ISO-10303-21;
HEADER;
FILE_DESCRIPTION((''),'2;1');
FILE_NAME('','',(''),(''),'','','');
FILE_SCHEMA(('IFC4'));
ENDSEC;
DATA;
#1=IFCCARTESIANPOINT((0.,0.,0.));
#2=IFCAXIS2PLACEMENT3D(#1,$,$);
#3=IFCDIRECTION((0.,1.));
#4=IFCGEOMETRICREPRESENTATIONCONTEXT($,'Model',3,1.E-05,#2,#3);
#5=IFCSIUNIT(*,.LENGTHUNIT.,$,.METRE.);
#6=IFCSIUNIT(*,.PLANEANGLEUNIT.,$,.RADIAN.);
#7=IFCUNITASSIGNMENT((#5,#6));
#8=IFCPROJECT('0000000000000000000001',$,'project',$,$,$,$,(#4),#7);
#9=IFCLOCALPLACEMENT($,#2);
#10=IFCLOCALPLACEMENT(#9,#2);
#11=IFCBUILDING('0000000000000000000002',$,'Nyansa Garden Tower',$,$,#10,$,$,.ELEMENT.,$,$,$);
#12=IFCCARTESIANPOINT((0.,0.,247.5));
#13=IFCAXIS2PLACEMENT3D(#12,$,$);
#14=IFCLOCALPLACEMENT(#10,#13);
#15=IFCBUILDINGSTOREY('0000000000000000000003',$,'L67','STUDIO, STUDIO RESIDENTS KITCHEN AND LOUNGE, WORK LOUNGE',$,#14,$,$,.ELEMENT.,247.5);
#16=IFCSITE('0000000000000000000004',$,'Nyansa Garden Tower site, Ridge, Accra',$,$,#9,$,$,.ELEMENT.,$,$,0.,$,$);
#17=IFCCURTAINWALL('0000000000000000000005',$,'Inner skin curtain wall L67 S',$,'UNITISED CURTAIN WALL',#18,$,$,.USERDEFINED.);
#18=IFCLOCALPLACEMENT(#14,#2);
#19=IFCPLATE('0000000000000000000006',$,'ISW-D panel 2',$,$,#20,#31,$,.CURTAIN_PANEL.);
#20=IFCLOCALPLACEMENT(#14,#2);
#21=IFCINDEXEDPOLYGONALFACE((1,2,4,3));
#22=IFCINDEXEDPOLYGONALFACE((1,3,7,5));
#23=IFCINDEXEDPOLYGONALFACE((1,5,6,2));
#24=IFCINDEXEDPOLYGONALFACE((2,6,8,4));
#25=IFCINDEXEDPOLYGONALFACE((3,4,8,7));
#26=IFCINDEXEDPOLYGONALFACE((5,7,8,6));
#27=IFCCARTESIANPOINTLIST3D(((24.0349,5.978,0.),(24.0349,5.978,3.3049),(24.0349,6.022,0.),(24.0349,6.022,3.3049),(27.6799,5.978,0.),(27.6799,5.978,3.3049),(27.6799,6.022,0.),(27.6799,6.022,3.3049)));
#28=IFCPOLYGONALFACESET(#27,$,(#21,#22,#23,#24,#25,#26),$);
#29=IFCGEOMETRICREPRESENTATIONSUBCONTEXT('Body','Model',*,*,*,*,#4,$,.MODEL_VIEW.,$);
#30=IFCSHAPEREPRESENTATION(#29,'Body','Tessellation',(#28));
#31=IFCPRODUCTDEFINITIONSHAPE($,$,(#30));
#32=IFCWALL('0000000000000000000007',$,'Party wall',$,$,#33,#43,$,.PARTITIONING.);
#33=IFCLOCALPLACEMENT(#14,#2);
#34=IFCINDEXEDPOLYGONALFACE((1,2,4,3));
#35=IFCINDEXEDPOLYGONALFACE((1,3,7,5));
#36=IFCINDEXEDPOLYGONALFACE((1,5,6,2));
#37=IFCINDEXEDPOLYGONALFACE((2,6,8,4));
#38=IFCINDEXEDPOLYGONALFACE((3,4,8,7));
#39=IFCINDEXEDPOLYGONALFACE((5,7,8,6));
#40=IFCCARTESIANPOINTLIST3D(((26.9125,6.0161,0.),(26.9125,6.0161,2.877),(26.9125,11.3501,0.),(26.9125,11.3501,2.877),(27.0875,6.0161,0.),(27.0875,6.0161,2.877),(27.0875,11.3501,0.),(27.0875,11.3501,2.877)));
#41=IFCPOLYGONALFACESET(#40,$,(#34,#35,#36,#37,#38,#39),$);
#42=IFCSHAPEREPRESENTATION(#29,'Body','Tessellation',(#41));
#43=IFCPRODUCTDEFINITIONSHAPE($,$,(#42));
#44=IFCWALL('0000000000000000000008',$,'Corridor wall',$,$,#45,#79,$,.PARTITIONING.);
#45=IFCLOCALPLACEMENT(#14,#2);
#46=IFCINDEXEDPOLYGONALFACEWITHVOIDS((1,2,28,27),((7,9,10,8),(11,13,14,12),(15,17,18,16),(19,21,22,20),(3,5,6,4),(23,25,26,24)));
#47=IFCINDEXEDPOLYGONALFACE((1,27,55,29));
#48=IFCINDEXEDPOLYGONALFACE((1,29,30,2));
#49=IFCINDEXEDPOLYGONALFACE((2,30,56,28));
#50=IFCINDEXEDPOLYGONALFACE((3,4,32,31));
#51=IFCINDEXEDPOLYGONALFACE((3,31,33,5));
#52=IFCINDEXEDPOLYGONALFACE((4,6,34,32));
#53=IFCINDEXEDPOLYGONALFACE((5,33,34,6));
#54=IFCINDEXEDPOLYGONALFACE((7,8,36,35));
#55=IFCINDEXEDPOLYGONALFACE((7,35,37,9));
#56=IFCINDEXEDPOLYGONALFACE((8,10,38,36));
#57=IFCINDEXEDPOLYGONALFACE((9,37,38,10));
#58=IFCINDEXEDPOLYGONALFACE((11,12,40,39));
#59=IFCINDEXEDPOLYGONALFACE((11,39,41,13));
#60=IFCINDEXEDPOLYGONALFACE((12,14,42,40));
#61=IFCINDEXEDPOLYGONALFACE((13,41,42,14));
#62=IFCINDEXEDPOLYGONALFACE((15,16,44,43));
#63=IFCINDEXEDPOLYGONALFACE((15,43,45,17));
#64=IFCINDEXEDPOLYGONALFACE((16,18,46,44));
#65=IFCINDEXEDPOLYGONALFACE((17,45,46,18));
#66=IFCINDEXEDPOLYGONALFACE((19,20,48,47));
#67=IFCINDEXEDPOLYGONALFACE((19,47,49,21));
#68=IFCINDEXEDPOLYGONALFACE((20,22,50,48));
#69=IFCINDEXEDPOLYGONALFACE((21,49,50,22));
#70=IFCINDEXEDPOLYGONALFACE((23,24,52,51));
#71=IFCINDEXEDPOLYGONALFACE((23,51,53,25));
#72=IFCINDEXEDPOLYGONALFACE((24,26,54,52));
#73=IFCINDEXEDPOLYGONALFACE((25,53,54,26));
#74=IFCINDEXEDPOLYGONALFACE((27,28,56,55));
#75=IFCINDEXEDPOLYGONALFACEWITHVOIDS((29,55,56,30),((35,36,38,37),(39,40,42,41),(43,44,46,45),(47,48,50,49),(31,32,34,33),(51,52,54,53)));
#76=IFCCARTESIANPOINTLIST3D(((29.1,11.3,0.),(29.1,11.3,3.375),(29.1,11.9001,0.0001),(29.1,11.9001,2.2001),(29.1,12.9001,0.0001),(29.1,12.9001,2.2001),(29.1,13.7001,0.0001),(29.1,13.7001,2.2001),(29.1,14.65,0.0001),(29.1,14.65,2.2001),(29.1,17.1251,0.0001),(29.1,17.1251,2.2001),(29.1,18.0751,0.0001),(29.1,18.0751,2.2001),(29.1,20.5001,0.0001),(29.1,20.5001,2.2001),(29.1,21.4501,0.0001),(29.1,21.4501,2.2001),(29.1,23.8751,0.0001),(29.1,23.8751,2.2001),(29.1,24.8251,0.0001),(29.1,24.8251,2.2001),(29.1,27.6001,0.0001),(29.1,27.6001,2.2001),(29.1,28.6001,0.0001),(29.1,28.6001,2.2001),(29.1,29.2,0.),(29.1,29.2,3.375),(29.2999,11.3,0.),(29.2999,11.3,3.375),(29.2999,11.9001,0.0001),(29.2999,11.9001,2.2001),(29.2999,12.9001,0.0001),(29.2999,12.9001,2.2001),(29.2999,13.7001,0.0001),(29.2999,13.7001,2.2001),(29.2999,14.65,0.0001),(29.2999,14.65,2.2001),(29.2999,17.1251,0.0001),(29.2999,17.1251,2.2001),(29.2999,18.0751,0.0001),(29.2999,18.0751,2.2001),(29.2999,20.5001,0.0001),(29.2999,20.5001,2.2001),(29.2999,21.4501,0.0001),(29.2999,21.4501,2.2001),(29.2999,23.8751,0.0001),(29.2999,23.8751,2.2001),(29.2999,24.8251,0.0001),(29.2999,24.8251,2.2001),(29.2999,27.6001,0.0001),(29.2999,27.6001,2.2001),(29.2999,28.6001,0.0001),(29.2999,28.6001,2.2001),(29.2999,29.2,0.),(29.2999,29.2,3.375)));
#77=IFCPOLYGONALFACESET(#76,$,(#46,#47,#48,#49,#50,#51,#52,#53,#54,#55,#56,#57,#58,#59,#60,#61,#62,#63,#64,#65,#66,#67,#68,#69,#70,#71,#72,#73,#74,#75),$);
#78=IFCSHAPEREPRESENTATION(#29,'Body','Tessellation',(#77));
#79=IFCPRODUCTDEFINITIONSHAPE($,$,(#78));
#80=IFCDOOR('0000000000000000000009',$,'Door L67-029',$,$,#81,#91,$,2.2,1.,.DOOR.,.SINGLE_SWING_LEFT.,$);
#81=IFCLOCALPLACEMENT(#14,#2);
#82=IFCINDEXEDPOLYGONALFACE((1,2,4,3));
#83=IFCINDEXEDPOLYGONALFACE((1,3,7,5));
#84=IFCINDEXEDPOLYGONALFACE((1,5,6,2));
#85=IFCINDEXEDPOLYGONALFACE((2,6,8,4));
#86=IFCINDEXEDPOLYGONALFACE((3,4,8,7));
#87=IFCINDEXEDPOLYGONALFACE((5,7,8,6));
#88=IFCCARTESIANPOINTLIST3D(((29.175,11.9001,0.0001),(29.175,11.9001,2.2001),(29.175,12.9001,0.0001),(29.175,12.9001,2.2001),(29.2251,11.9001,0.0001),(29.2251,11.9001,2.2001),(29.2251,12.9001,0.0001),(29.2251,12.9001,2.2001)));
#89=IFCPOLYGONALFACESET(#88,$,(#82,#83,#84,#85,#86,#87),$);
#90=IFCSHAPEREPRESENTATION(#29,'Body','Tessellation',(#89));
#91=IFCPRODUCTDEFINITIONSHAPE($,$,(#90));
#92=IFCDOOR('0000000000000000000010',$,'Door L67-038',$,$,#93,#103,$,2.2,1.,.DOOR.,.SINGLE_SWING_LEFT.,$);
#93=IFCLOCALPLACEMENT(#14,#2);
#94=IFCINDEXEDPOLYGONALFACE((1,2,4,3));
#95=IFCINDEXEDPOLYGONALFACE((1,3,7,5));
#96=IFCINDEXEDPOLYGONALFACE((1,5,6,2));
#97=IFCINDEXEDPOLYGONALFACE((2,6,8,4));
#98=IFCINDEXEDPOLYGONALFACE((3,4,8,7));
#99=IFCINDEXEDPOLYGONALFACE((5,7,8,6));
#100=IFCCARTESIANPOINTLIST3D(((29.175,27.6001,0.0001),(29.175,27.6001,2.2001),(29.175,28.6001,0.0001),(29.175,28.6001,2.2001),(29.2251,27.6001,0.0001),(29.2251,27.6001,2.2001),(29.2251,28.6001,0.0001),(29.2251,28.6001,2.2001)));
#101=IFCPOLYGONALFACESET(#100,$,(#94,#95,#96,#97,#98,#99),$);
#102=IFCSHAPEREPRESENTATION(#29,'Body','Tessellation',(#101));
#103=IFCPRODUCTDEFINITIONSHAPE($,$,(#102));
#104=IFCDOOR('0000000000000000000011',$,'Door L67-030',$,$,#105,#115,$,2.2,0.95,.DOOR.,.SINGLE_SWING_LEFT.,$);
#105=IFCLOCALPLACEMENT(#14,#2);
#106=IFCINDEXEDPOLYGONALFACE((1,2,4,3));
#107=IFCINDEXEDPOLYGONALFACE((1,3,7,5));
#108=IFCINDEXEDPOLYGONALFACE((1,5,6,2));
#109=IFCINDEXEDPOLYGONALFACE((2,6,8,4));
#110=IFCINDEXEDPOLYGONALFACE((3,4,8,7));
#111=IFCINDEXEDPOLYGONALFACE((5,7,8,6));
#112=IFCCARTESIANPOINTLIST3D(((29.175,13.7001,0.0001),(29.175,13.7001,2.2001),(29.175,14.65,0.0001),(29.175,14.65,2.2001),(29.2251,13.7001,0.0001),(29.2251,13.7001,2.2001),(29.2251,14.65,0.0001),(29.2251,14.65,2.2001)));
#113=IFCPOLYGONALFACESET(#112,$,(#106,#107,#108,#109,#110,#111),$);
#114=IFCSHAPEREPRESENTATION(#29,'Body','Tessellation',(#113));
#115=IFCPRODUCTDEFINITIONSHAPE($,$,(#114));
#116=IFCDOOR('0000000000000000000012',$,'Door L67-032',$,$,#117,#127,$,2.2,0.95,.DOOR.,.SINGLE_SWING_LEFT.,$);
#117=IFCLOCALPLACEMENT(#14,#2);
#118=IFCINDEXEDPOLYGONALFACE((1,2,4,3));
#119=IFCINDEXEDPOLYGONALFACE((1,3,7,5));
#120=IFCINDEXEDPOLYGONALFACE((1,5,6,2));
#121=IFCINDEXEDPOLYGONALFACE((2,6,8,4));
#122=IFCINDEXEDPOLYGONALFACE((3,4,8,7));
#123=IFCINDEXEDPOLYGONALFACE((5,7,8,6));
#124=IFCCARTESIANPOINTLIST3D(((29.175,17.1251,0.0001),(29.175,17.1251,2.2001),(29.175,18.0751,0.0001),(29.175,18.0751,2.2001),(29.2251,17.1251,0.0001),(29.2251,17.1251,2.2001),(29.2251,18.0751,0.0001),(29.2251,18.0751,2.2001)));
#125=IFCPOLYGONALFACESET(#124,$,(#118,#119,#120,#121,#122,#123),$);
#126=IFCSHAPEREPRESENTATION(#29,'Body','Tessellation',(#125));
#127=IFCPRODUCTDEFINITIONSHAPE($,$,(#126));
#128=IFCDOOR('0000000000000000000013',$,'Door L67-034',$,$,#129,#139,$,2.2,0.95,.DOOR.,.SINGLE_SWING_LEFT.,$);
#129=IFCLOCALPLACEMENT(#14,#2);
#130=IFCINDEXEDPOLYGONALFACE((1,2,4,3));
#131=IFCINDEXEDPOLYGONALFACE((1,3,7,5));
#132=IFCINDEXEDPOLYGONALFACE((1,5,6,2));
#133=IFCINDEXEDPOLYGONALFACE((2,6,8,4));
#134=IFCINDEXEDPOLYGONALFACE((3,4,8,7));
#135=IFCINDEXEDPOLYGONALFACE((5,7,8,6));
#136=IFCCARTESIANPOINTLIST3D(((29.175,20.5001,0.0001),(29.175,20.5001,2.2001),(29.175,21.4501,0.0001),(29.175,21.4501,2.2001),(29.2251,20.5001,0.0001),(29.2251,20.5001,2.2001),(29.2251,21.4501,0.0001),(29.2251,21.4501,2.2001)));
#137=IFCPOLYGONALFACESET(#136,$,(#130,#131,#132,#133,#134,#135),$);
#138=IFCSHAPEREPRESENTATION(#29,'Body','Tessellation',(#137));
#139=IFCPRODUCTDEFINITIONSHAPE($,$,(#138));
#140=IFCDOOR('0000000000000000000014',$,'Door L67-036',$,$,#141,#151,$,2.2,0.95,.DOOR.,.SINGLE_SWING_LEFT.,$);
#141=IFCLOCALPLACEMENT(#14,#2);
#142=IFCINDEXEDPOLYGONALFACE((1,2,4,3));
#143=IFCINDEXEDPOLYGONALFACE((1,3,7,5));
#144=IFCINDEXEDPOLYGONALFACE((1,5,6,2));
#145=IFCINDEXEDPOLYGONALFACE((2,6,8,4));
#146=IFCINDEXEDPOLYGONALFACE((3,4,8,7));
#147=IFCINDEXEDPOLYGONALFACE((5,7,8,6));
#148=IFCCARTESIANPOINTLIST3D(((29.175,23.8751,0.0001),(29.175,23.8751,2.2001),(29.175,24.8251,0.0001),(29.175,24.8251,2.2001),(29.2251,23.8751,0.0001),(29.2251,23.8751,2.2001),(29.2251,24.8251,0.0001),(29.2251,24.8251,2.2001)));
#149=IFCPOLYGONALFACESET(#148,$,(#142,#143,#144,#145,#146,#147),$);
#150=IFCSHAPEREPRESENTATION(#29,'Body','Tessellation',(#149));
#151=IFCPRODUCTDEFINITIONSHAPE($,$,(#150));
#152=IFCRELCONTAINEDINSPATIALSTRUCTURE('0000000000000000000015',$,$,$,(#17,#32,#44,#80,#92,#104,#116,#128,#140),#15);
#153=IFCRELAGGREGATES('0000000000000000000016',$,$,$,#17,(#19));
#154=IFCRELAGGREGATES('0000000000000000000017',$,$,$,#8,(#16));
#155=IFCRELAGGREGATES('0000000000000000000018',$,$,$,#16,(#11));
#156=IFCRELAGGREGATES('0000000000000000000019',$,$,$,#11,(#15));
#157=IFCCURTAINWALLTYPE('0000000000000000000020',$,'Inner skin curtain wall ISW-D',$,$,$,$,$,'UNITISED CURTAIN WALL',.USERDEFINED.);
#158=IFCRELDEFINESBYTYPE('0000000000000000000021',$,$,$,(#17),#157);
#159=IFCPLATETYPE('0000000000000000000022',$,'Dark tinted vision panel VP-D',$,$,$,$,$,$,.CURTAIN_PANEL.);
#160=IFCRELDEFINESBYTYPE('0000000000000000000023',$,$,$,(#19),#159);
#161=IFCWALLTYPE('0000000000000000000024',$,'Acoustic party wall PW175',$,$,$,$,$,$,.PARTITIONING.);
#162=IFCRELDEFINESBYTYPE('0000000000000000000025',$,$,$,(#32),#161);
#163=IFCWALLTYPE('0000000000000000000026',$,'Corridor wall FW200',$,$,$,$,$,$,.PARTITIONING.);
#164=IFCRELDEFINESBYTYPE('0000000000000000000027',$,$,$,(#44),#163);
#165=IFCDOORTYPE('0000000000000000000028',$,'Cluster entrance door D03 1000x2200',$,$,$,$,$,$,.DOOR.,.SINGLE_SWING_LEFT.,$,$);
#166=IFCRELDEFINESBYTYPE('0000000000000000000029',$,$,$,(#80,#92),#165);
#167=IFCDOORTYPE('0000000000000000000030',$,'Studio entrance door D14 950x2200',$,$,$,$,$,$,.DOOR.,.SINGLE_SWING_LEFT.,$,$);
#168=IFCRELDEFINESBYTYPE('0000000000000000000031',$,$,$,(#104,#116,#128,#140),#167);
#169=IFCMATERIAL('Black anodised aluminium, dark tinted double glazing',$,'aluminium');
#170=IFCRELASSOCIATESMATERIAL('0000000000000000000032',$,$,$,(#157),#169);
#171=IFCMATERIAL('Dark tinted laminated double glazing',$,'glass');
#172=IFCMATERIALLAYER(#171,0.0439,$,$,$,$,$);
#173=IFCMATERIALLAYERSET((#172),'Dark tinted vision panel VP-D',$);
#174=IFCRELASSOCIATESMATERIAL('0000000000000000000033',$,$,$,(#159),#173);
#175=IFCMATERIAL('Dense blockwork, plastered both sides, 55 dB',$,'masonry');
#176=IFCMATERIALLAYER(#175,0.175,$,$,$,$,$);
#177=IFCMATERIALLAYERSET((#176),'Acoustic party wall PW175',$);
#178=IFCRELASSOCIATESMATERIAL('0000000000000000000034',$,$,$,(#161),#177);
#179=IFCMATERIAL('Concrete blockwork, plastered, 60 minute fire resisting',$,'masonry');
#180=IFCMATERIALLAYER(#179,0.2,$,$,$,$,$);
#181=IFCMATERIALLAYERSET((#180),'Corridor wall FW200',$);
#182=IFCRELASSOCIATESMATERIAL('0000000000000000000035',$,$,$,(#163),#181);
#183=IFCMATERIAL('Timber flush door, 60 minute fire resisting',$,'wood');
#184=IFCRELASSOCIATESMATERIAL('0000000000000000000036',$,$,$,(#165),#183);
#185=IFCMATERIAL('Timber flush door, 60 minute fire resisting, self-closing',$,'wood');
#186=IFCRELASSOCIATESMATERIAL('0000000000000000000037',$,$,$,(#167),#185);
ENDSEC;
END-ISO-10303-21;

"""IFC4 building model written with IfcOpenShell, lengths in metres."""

from ifc_helpers import new_model, si_unit, direction, frame, frame_2d, origin, origin_2d, place, context, subcontext, project, spatial, rectangle, extrude, material, layer, layer_set, type_object, element, fill, aggregate, save


model = new_model("IFC4")

# Units and contexts
model_context = context("Model", 3, precision=1e-05, world=origin(), true_north=direction((0.0, 1.0)))
body_context = subcontext(model_context, "Body", "Model", "MODEL_VIEW")
ifc_project = project(units=[si_unit("LENGTHUNIT", "METRE"), si_unit("PLANEANGLEUNIT", "RADIAN")], contexts=[model_context])

# Site, building, storey
site_placement = place(None, origin())
site = spatial("IfcSite", under=ifc_project, at=site_placement, Name="Nyansa Garden Tower site, Ridge, Accra", CompositionType="ELEMENT", RefElevation=0.0)
building_placement = place(site_placement, origin())
building = spatial("IfcBuilding", under=site, at=building_placement, Name="Nyansa Garden Tower", CompositionType="ELEMENT")
storey_placement = place(building_placement, frame((0.0, 0.0, 247.5)))
storey = spatial("IfcBuildingStorey", under=building, at=storey_placement, Name="L67", Description="STUDIO, STUDIO RESIDENTS KITCHEN AND LOUNGE, WORK LOUNGE", CompositionType="ELEMENT", Elevation=247.5)

# Curtain wall
ifc_material_1 = material(Name="Black anodised aluminium, dark tinted double glazing", Category="aluminium")
curtain_wall_type = type_object("IfcCurtainWallType", Name="Inner skin curtain wall ISW-D", ElementType="UNITISED CURTAIN WALL", PredefinedType="USERDEFINED", material=ifc_material_1)
curtain_wall_placement = place(storey_placement, origin())
curtain_wall = element("IfcCurtainWall", 1, at=curtain_wall_placement, inside=storey, type_object=curtain_wall_type, Name="Inner skin curtain wall L67 S", ObjectType="UNITISED CURTAIN WALL", PredefinedType="USERDEFINED")

# Plate
ifc_material_2 = material(Name="Dark tinted laminated double glazing", Category="glass")
ifc_layer_1 = layer(ifc_material_2, 0.0439)
ifc_layer_set_1 = layer_set([ifc_layer_1], Name="Dark tinted vision panel VP-D")
plate_type = type_object("IfcPlateType", Name="Dark tinted vision panel VP-D", PredefinedType="CURTAIN_PANEL", material=ifc_layer_set_1)
plate_placement = place(storey_placement, frame((25.8574, 6.0, 0.0), z_axis=(0.0, 0.0, 1.0), x_axis=(1.0, 0.0, 0.0)))
plate = element("IfcPlate", 2, at=plate_placement, type_object=plate_type, Name="ISW-D panel 2", PredefinedType="CURTAIN_PANEL", context=body_context, shape_type="SweptSolid", body=[
    extrude(rectangle(XDim=3.645, YDim=0.0439, at=origin_2d()), origin(), (0.0, 0.0, 1.0), 3.3049),
])
aggregate(curtain_wall, [plate])

# Wall
ifc_material_3 = material(Name="Dense blockwork, plastered both sides, 55 dB", Category="masonry")
ifc_layer_2 = layer(ifc_material_3, 0.175)
ifc_layer_set_2 = layer_set([ifc_layer_2], Name="Acoustic party wall PW175")
wall_type_1 = type_object("IfcWallType", Name="Acoustic party wall PW175", PredefinedType="PARTITIONING", material=ifc_layer_set_2)
wall_1_placement = place(storey_placement, frame((27.0, 6.0161, 0.0), z_axis=(0.0, 0.0, 1.0), x_axis=(0.0, 1.0, 0.0)))
element("IfcWall", 3, at=wall_1_placement, inside=storey, type_object=wall_type_1, Name="Party wall", PredefinedType="PARTITIONING", context=body_context, shape_type="SweptSolid", body=[
    extrude(rectangle(XDim=5.334, YDim=0.175, at=frame_2d((2.667, 0.0))), origin(), (0.0, 0.0, 1.0), 2.877),
])

# Wall, openings, doors
ifc_material_4 = material(Name="Concrete blockwork, plastered, 60 minute fire resisting", Category="masonry")
ifc_layer_3 = layer(ifc_material_4, 0.2)
ifc_layer_set_3 = layer_set([ifc_layer_3], Name="Corridor wall FW200")
wall_type_2 = type_object("IfcWallType", Name="Corridor wall FW200", PredefinedType="PARTITIONING", material=ifc_layer_set_3)
wall_2_placement = place(storey_placement, frame((29.2, 11.3, 0.0), z_axis=(0.0, 0.0, 1.0), x_axis=(0.0, 1.0, 0.0)))
wall_2 = element("IfcWall", 4, at=wall_2_placement, inside=storey, type_object=wall_type_2, Name="Corridor wall", PredefinedType="PARTITIONING", context=body_context, shape_type="SweptSolid", body=[
    extrude(rectangle(XDim=17.8999, YDim=0.2, at=frame_2d((8.95, 0.0))), origin(), (0.0, 0.0, 1.0), 3.375),
])
opening_1_placement = place(wall_2_placement, frame((0.6001, 0.0, 0.0)))
opening_1 = element("IfcOpeningElement", 5, at=opening_1_placement, cuts=wall_2, PredefinedType="OPENING", context=body_context, shape_type="SweptSolid", body=[
    extrude(rectangle(XDim=1.0, YDim=2.2, at=frame_2d((0.5, 1.1001))), frame((0.0, 0.1099, 0.0), z_axis=(0.0, -1.0, 0.0), x_axis=(1.0, 0.0, 0.0)), (0.0, 0.0, 1.0), 0.22),
])
opening_2_placement = place(wall_2_placement, frame((2.3999, 0.0, 0.0)))
opening_2 = element("IfcOpeningElement", 6, at=opening_2_placement, cuts=wall_2, PredefinedType="OPENING", context=body_context, shape_type="SweptSolid", body=[
    extrude(rectangle(XDim=0.95, YDim=2.2, at=frame_2d((0.4751, 1.1001))), frame((0.0, 0.1099, 0.0), z_axis=(0.0, -1.0, 0.0), x_axis=(1.0, 0.0, 0.0)), (0.0, 0.0, 1.0), 0.22),
])
opening_3_placement = place(wall_2_placement, frame((5.825, 0.0, 0.0)))
opening_3 = element("IfcOpeningElement", 7, at=opening_3_placement, cuts=wall_2, PredefinedType="OPENING", context=body_context, shape_type="SweptSolid", body=[
    extrude(rectangle(XDim=0.95, YDim=2.2, at=frame_2d((0.4751, 1.1001))), frame((0.0, 0.1099, 0.0), z_axis=(0.0, -1.0, 0.0), x_axis=(1.0, 0.0, 0.0)), (0.0, 0.0, 1.0), 0.22),
])
opening_4_placement = place(wall_2_placement, frame((9.2, 0.0, 0.0)))
opening_4 = element("IfcOpeningElement", 8, at=opening_4_placement, cuts=wall_2, PredefinedType="OPENING", context=body_context, shape_type="SweptSolid", body=[
    extrude(rectangle(XDim=0.95, YDim=2.2, at=frame_2d((0.4751, 1.1001))), frame((0.0, 0.1099, 0.0), z_axis=(0.0, -1.0, 0.0), x_axis=(1.0, 0.0, 0.0)), (0.0, 0.0, 1.0), 0.22),
])
opening_5_placement = place(wall_2_placement, frame((12.575, 0.0, 0.0)))
opening_5 = element("IfcOpeningElement", 9, at=opening_5_placement, cuts=wall_2, PredefinedType="OPENING", context=body_context, shape_type="SweptSolid", body=[
    extrude(rectangle(XDim=0.95, YDim=2.2, at=frame_2d((0.4751, 1.1001))), frame((0.0, 0.1099, 0.0), z_axis=(0.0, -1.0, 0.0), x_axis=(1.0, 0.0, 0.0)), (0.0, 0.0, 1.0), 0.22),
])
opening_6_placement = place(wall_2_placement, frame((16.3, 0.0, 0.0)))
opening_6 = element("IfcOpeningElement", 10, at=opening_6_placement, cuts=wall_2, PredefinedType="OPENING", context=body_context, shape_type="SweptSolid", body=[
    extrude(rectangle(XDim=1.0, YDim=2.2, at=frame_2d((0.5, 1.1001))), frame((0.0, 0.1099, 0.0), z_axis=(0.0, -1.0, 0.0), x_axis=(1.0, 0.0, 0.0)), (0.0, 0.0, 1.0), 0.22),
])
ifc_material_5 = material(Name="Timber flush door, 60 minute fire resisting", Category="wood")
door_type_1 = type_object("IfcDoorType", Name="Cluster entrance door D03 1000x2200", OperationType="SINGLE_SWING_LEFT", PredefinedType="DOOR", material=ifc_material_5)
door_1_placement = place(opening_1_placement, origin())
door_1 = element("IfcDoor", 11, at=door_1_placement, inside=storey, type_object=door_type_1, Name="Door L67-029", OperationType="SINGLE_SWING_LEFT", OverallHeight=2.2, OverallWidth=1.0, PredefinedType="DOOR", context=body_context, shape_type="SweptSolid", body=[
    extrude(rectangle(XDim=1.0, YDim=2.2, at=frame_2d((0.5, 1.1001))), frame((0.0, 0.0249, 0.0), z_axis=(0.0, -1.0, 0.0), x_axis=(1.0, 0.0, 0.0)), (0.0, 0.0, 1.0), 0.05),
])
fill(opening_1, door_1)
door_2_placement = place(opening_6_placement, origin())
door_2 = element("IfcDoor", 12, at=door_2_placement, inside=storey, type_object=door_type_1, Name="Door L67-038", OperationType="SINGLE_SWING_LEFT", OverallHeight=2.2, OverallWidth=1.0, PredefinedType="DOOR", context=body_context, shape_type="SweptSolid", body=[
    extrude(rectangle(XDim=1.0, YDim=2.2, at=frame_2d((0.5, 1.1001))), frame((0.0, 0.0249, 0.0), z_axis=(0.0, -1.0, 0.0), x_axis=(1.0, 0.0, 0.0)), (0.0, 0.0, 1.0), 0.05),
])
fill(opening_6, door_2)
ifc_material_6 = material(Name="Timber flush door, 60 minute fire resisting, self-closing", Category="wood")
door_type_2 = type_object("IfcDoorType", Name="Studio entrance door D14 950x2200", OperationType="SINGLE_SWING_LEFT", PredefinedType="DOOR", material=ifc_material_6)
door_3_placement = place(opening_2_placement, origin())
door_3 = element("IfcDoor", 13, at=door_3_placement, inside=storey, type_object=door_type_2, Name="Door L67-030", OperationType="SINGLE_SWING_LEFT", OverallHeight=2.2, OverallWidth=0.95, PredefinedType="DOOR", context=body_context, shape_type="SweptSolid", body=[
    extrude(rectangle(XDim=0.95, YDim=2.2, at=frame_2d((0.4751, 1.1001))), frame((0.0, 0.0249, 0.0), z_axis=(0.0, -1.0, 0.0), x_axis=(1.0, 0.0, 0.0)), (0.0, 0.0, 1.0), 0.05),
])
fill(opening_2, door_3)
door_4_placement = place(opening_3_placement, origin())
door_4 = element("IfcDoor", 14, at=door_4_placement, inside=storey, type_object=door_type_2, Name="Door L67-032", OperationType="SINGLE_SWING_LEFT", OverallHeight=2.2, OverallWidth=0.95, PredefinedType="DOOR", context=body_context, shape_type="SweptSolid", body=[
    extrude(rectangle(XDim=0.95, YDim=2.2, at=frame_2d((0.4751, 1.1001))), frame((0.0, 0.0249, 0.0), z_axis=(0.0, -1.0, 0.0), x_axis=(1.0, 0.0, 0.0)), (0.0, 0.0, 1.0), 0.05),
])
fill(opening_3, door_4)
door_5_placement = place(opening_4_placement, origin())
door_5 = element("IfcDoor", 15, at=door_5_placement, inside=storey, type_object=door_type_2, Name="Door L67-034", OperationType="SINGLE_SWING_LEFT", OverallHeight=2.2, OverallWidth=0.95, PredefinedType="DOOR", context=body_context, shape_type="SweptSolid", body=[
    extrude(rectangle(XDim=0.95, YDim=2.2, at=frame_2d((0.4751, 1.1001))), frame((0.0, 0.0249, 0.0), z_axis=(0.0, -1.0, 0.0), x_axis=(1.0, 0.0, 0.0)), (0.0, 0.0, 1.0), 0.05),
])
fill(opening_4, door_5)
door_6_placement = place(opening_5_placement, origin())
door_6 = element("IfcDoor", 16, at=door_6_placement, inside=storey, type_object=door_type_2, Name="Door L67-036", OperationType="SINGLE_SWING_LEFT", OverallHeight=2.2, OverallWidth=0.95, PredefinedType="DOOR", context=body_context, shape_type="SweptSolid", body=[
    extrude(rectangle(XDim=0.95, YDim=2.2, at=frame_2d((0.4751, 1.1001))), frame((0.0, 0.0249, 0.0), z_axis=(0.0, -1.0, 0.0), x_axis=(1.0, 0.0, 0.0)), (0.0, 0.0, 1.0), 0.05),
])
fill(opening_5, door_6)

save(model, "model.ifc")
